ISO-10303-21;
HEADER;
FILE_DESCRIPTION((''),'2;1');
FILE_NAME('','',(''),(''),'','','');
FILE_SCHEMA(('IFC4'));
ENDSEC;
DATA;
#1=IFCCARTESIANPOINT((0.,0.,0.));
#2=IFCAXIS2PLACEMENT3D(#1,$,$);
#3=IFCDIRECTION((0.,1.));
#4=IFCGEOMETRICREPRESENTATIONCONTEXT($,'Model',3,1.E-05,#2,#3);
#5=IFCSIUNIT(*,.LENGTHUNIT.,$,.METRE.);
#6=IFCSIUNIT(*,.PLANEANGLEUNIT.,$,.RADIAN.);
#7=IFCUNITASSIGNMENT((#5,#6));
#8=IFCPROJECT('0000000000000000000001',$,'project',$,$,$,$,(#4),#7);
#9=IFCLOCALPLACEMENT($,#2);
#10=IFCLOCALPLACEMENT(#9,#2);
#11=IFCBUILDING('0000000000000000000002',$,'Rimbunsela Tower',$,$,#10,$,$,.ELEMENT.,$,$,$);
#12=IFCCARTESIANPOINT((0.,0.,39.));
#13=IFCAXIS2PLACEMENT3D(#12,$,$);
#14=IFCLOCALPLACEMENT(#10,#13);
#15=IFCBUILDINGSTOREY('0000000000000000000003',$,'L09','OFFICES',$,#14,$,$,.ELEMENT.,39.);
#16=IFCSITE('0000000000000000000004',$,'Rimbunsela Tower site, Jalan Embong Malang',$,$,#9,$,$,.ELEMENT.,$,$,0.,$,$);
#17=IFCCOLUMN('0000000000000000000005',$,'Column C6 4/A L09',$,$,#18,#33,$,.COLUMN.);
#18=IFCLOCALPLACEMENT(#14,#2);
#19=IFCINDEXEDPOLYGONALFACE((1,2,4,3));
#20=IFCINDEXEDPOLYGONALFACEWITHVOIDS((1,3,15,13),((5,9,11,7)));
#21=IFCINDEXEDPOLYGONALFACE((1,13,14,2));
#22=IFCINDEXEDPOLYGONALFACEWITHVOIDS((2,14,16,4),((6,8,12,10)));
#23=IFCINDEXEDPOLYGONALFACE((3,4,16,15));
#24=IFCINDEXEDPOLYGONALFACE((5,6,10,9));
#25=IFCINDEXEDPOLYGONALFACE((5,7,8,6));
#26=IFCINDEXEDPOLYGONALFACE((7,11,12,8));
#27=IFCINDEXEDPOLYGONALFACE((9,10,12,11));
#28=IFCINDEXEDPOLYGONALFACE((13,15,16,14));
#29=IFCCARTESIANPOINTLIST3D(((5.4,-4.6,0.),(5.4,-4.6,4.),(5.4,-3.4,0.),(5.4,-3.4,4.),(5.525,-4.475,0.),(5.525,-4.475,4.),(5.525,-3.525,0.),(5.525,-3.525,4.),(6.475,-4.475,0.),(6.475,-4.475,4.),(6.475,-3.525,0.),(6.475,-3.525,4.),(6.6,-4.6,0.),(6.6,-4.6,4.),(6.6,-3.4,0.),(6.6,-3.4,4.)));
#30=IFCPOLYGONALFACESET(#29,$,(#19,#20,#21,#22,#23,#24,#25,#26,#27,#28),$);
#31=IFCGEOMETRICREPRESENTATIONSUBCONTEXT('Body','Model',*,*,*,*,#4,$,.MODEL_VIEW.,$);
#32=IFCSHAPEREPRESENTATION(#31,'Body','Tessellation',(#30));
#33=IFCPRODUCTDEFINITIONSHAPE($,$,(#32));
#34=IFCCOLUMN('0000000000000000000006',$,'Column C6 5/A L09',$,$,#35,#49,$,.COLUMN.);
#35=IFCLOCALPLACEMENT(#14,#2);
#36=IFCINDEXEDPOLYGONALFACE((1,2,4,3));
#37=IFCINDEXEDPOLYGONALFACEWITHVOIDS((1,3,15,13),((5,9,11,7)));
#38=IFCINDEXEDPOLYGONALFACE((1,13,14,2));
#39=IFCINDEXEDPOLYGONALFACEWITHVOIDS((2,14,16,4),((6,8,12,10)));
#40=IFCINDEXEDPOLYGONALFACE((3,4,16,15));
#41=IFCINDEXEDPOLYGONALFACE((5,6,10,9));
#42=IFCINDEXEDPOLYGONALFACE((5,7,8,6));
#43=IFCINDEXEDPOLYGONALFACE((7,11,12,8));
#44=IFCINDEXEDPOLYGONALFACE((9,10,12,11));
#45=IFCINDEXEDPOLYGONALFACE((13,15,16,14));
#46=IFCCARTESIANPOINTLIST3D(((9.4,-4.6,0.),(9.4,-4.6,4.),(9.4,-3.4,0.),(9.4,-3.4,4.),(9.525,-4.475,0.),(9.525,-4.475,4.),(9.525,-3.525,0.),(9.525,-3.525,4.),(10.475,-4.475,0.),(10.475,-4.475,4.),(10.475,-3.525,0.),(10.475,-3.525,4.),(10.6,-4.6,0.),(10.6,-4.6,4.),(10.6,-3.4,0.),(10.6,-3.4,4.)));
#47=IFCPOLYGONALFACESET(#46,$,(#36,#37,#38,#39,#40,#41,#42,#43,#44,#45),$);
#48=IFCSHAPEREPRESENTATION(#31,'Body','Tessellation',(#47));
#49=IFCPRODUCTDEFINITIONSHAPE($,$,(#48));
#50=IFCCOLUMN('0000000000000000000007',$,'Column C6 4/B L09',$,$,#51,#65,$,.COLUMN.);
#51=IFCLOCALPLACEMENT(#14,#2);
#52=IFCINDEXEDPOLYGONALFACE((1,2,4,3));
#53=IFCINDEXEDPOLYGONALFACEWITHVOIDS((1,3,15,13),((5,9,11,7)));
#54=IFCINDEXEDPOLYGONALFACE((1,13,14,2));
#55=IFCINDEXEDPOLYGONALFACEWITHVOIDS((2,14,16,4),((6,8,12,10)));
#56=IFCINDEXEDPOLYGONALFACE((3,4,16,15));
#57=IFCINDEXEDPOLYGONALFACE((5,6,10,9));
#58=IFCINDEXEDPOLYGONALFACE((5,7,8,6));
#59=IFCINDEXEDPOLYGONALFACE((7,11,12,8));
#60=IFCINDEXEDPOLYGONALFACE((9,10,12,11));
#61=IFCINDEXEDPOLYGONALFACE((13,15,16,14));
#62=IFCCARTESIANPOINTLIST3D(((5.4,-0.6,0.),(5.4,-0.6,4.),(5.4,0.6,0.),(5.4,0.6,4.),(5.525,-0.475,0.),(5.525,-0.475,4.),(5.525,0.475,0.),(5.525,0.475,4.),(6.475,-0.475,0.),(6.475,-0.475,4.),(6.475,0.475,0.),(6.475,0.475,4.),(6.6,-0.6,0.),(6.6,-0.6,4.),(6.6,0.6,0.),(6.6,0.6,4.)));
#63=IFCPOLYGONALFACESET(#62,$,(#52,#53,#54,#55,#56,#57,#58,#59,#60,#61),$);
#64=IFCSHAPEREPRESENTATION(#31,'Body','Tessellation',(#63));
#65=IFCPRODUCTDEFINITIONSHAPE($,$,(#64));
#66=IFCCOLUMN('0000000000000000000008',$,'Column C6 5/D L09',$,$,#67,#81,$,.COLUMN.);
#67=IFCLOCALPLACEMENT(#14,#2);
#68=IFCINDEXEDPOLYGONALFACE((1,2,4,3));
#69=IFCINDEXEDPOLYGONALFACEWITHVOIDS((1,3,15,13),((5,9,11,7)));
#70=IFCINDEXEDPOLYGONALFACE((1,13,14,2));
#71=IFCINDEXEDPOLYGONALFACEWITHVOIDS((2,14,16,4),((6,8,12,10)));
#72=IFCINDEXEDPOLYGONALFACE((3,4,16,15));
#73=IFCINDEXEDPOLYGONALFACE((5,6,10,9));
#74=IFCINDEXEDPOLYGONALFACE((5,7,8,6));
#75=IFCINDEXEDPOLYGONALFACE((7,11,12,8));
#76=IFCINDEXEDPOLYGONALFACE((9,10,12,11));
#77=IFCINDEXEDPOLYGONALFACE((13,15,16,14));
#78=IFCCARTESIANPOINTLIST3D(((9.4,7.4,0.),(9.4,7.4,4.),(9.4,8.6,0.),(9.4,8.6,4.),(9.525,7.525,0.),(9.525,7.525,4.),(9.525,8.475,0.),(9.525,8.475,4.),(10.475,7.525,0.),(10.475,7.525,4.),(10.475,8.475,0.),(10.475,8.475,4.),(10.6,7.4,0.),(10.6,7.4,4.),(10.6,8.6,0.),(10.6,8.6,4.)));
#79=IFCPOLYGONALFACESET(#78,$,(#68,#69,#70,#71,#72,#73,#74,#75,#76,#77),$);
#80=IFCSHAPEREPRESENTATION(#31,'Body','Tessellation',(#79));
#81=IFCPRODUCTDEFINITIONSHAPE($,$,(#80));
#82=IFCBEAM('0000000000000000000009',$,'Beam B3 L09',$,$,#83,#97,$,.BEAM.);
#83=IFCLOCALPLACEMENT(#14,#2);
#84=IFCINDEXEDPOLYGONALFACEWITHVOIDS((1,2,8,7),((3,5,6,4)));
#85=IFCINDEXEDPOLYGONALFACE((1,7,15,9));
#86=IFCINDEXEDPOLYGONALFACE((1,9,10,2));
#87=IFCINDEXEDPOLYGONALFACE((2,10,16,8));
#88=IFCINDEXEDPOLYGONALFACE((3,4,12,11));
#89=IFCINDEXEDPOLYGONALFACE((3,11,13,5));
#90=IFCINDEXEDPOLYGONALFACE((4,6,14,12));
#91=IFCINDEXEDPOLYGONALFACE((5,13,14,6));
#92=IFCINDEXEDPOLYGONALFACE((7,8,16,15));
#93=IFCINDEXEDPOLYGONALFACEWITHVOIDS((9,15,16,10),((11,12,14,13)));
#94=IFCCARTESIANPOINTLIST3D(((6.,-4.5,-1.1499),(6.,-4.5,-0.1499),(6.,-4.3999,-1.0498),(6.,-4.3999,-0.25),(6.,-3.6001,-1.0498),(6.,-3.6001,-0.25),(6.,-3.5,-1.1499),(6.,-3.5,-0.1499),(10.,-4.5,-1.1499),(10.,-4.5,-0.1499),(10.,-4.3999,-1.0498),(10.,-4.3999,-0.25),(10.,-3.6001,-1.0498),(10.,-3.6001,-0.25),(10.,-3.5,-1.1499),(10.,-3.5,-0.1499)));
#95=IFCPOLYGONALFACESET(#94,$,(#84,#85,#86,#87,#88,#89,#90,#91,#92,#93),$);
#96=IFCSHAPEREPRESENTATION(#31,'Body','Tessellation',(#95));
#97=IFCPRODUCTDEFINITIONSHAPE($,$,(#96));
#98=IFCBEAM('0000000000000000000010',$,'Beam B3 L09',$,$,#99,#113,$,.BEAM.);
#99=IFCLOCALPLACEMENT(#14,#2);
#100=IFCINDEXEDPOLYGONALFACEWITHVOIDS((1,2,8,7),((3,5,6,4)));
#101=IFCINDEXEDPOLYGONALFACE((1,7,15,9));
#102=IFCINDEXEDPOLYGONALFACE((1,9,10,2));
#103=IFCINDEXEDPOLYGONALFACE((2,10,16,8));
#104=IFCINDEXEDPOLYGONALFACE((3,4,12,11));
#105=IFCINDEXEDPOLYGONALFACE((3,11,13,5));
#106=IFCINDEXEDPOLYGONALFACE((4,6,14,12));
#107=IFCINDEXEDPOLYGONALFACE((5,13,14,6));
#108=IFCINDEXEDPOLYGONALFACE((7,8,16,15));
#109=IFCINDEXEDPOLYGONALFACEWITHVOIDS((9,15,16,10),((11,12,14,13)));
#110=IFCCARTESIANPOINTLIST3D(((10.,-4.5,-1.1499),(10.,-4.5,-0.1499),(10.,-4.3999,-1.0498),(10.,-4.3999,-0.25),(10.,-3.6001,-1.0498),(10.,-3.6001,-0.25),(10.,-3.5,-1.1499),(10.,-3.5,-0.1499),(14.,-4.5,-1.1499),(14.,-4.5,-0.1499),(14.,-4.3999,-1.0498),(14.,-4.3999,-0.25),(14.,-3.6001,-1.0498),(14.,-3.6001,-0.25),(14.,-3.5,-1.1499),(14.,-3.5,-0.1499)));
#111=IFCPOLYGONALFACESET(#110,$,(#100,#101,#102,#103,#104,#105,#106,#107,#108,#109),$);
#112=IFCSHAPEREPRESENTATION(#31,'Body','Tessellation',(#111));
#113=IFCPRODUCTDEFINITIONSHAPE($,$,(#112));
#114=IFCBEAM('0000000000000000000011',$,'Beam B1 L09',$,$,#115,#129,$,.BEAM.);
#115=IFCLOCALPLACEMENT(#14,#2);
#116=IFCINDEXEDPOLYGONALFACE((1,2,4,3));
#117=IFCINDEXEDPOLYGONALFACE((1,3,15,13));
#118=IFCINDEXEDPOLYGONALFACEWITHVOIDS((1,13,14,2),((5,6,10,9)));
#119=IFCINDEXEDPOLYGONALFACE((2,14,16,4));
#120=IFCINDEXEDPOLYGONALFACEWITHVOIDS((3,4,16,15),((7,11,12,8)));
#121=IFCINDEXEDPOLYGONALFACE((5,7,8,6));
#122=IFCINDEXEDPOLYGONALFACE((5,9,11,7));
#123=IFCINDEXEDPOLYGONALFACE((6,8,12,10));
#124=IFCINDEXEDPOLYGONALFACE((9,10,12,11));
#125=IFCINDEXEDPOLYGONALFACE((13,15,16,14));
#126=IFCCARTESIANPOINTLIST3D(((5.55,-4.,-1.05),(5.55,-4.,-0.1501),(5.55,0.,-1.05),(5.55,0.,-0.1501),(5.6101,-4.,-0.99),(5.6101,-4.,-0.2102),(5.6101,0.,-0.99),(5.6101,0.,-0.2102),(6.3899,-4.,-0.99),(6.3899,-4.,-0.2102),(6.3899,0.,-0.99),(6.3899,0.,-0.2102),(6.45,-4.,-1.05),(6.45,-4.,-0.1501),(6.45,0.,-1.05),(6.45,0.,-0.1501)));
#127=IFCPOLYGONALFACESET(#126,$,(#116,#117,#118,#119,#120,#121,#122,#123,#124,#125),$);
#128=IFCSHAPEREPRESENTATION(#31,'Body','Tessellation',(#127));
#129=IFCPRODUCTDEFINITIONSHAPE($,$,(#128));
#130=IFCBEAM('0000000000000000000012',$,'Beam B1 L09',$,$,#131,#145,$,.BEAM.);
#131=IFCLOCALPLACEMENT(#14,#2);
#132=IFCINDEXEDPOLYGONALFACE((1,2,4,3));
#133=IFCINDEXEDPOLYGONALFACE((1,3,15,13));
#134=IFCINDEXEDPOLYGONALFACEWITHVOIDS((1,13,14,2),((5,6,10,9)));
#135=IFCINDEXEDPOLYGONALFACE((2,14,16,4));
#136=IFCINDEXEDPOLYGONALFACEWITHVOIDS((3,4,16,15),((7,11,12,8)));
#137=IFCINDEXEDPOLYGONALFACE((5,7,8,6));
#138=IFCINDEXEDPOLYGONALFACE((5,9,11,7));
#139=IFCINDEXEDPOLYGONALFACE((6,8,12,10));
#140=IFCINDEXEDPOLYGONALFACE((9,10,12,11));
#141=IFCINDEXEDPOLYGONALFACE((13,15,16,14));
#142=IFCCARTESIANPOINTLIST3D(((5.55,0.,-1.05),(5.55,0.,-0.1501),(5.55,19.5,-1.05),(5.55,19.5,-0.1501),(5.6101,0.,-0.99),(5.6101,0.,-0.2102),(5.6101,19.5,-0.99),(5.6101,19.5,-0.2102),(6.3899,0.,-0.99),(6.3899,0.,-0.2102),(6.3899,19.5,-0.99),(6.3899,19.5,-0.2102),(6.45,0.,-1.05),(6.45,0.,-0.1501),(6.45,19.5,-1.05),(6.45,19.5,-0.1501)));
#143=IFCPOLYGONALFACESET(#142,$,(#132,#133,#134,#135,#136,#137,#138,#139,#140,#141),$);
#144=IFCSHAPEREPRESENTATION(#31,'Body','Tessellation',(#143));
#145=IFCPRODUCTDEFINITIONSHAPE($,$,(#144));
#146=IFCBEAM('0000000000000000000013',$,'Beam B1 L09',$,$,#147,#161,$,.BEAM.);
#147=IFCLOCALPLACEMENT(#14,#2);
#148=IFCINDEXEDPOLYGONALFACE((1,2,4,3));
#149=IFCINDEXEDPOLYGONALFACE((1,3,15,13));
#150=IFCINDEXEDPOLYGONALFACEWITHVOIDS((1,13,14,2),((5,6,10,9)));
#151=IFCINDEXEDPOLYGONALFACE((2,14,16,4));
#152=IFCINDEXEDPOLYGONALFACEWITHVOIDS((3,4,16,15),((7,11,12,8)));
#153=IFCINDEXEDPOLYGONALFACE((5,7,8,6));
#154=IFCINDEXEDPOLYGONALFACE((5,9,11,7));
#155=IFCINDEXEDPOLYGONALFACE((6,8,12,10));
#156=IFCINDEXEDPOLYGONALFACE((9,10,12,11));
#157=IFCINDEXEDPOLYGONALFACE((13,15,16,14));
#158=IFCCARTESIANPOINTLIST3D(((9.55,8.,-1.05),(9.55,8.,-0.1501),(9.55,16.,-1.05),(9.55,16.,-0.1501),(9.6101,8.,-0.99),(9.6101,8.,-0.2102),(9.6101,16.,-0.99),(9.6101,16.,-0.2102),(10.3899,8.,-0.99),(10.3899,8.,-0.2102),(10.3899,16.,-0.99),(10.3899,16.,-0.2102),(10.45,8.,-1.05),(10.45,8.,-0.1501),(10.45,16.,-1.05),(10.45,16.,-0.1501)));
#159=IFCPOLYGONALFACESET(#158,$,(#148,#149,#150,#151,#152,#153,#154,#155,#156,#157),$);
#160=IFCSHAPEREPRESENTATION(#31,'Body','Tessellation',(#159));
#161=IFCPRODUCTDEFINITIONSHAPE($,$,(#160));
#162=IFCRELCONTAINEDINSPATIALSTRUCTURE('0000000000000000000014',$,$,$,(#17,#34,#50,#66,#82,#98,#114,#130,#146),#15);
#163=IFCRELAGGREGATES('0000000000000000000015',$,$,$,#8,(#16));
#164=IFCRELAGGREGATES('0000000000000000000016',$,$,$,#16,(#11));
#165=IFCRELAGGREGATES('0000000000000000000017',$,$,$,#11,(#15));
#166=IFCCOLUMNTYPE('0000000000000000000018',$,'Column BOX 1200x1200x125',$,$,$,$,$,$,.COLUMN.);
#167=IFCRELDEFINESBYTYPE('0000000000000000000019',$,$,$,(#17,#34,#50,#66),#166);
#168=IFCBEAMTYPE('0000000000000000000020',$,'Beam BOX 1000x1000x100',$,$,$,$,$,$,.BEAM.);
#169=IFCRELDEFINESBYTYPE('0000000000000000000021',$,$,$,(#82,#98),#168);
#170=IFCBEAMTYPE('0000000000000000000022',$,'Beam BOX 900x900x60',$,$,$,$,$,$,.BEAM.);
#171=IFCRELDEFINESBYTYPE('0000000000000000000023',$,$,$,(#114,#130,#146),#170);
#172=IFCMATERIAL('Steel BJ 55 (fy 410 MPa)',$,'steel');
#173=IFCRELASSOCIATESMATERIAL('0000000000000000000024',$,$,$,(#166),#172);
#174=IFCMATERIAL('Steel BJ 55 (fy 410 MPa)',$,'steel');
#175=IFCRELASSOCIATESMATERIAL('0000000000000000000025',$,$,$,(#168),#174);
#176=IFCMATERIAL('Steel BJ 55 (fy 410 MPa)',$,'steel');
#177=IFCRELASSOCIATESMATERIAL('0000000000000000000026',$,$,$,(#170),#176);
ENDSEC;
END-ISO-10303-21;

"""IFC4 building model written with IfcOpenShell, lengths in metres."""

from ifc_helpers import new_model, si_unit, direction, frame, origin, origin_2d, place, context, subcontext, project, spatial, hollow_rectangle, extrude, material, material_profile, profile_set, type_object, element, save


model = new_model("IFC4")

# Units and contexts
model_context = context("Model", 3, precision=1e-05, world=origin(), true_north=direction((0.0, 1.0)))
body_context = subcontext(model_context, "Body", "Model", "MODEL_VIEW")
ifc_project = project(units=[si_unit("LENGTHUNIT", "METRE"), si_unit("PLANEANGLEUNIT", "RADIAN")], contexts=[model_context])

# Site, building, storey
site_placement = place(None, origin())
site = spatial("IfcSite", under=ifc_project, at=site_placement, Name="Rimbunsela Tower site, Jalan Embong Malang", CompositionType="ELEMENT", RefElevation=0.0)
building_placement = place(site_placement, origin())
building = spatial("IfcBuilding", under=site, at=building_placement, Name="Rimbunsela Tower", CompositionType="ELEMENT")
storey_placement = place(building_placement, frame((0.0, 0.0, 39.0)))
storey = spatial("IfcBuildingStorey", under=building, at=storey_placement, Name="L09", Description="OFFICES", CompositionType="ELEMENT", Elevation=39.0)

# Columns
ifc_material_1 = material(Name="Steel BJ 55 (fy 410 MPa)", Category="steel")
ifc_material_profile_1 = material_profile(ifc_material_1, hollow_rectangle(XDim=1.2, YDim=1.2, WallThickness=0.125, at=origin_2d()), Name="BOX 1200x1200x125")
ifc_profile_set_1 = profile_set([ifc_material_profile_1], Name="Steel BJ 55 (fy 410 MPa)")
column_type = type_object("IfcColumnType", Name="Column BOX 1200x1200x125", PredefinedType="COLUMN", material=ifc_profile_set_1)
for number, where, z_axis, x_axis, name in (
    (1, (6.0, -4.0, 0.0), (0.0, 0.0, 1.0), (1.0, 0.0, 0.0), "Column C6 4/A L09"),
    (2, (10.0, -4.0, 0.0), (0.0, 0.0, 1.0), (1.0, 0.0, 0.0), "Column C6 5/A L09"),
    (3, (6.0, 0.0, 0.0), (0.0, 0.0, 1.0), (1.0, 0.0, 0.0), "Column C6 4/B L09"),
    (4, (10.0, 8.0, 0.0), (0.0, 0.0, 1.0), (1.0, 0.0, 0.0), "Column C6 5/D L09"),
):
    element("IfcColumn", number, at=place(storey_placement, frame(where, z_axis=z_axis, x_axis=x_axis)), inside=storey, type_object=column_type, Name=name, PredefinedType="COLUMN", context=body_context, shape_type="SweptSolid", body=[
        extrude(hollow_rectangle(XDim=1.2, YDim=1.2, WallThickness=0.125, at=origin_2d()), origin(), (0.0, 0.0, 1.0), 4.0),
    ])

# Beams
ifc_material_2 = material(Name="Steel BJ 55 (fy 410 MPa)", Category="steel")
ifc_material_profile_2 = material_profile(ifc_material_2, hollow_rectangle(XDim=1.0, YDim=1.0, WallThickness=0.1001, at=origin_2d()), Name="BOX 1000x1000x100")
ifc_profile_set_2 = profile_set([ifc_material_profile_2], Name="Steel BJ 55 (fy 410 MPa)")
beam_type_1 = type_object("IfcBeamType", Name="Beam BOX 1000x1000x100", PredefinedType="BEAM", material=ifc_profile_set_2)
for number, where, z_axis, x_axis, name in (
    (5, (6.0, -4.0, -0.6499), (1.0, 0.0, 0.0), (0.0, 1.0, 0.0), "Beam B3 L09"),
    (6, (10.0, -4.0, -0.6499), (1.0, 0.0, 0.0), (0.0, 1.0, 0.0), "Beam B3 L09"),
):
    element("IfcBeam", number, at=place(storey_placement, frame(where, z_axis=z_axis, x_axis=x_axis)), inside=storey, type_object=beam_type_1, Name=name, PredefinedType="BEAM", context=body_context, shape_type="SweptSolid", body=[
        extrude(hollow_rectangle(XDim=1.0, YDim=1.0, WallThickness=0.1001, at=origin_2d()), origin(), (0.0, 0.0, 1.0), 4.0),
    ])
ifc_material_3 = material(Name="Steel BJ 55 (fy 410 MPa)", Category="steel")
ifc_material_profile_3 = material_profile(ifc_material_3, hollow_rectangle(XDim=0.8999, YDim=0.8999, WallThickness=0.0601, at=origin_2d()), Name="BOX 900x900x60")
ifc_profile_set_3 = profile_set([ifc_material_profile_3], Name="Steel BJ 55 (fy 410 MPa)")
beam_type_2 = type_object("IfcBeamType", Name="Beam BOX 900x900x60", PredefinedType="BEAM", material=ifc_profile_set_3)
beam_1_placement = place(storey_placement, frame((6.0, -4.0, -0.6001), z_axis=(0.0, 1.0, 0.0), x_axis=(-1.0, 0.0, 0.0)))
element("IfcBeam", 7, at=beam_1_placement, inside=storey, type_object=beam_type_2, Name="Beam B1 L09", PredefinedType="BEAM", context=body_context, shape_type="SweptSolid", body=[
    extrude(hollow_rectangle(XDim=0.8999, YDim=0.8999, WallThickness=0.0601, at=origin_2d()), origin(), (0.0, 0.0, 1.0), 4.0),
])
beam_2_placement = place(storey_placement, frame((6.0, 0.0, -0.6001), z_axis=(0.0, 1.0, 0.0), x_axis=(-1.0, 0.0, 0.0)))
element("IfcBeam", 8, at=beam_2_placement, inside=storey, type_object=beam_type_2, Name="Beam B1 L09", PredefinedType="BEAM", context=body_context, shape_type="SweptSolid", body=[
    extrude(hollow_rectangle(XDim=0.8999, YDim=0.8999, WallThickness=0.0601, at=origin_2d()), origin(), (0.0, 0.0, 1.0), 19.5),
])
beam_3_placement = place(storey_placement, frame((10.0, 8.0, -0.6001), z_axis=(0.0, 1.0, 0.0), x_axis=(-1.0, 0.0, 0.0)))
element("IfcBeam", 9, at=beam_3_placement, inside=storey, type_object=beam_type_2, Name="Beam B1 L09", PredefinedType="BEAM", context=body_context, shape_type="SweptSolid", body=[
    extrude(hollow_rectangle(XDim=0.8999, YDim=0.8999, WallThickness=0.0601, at=origin_2d()), origin(), (0.0, 0.0, 1.0), 8.0),
])

save(model, "model.ifc")
